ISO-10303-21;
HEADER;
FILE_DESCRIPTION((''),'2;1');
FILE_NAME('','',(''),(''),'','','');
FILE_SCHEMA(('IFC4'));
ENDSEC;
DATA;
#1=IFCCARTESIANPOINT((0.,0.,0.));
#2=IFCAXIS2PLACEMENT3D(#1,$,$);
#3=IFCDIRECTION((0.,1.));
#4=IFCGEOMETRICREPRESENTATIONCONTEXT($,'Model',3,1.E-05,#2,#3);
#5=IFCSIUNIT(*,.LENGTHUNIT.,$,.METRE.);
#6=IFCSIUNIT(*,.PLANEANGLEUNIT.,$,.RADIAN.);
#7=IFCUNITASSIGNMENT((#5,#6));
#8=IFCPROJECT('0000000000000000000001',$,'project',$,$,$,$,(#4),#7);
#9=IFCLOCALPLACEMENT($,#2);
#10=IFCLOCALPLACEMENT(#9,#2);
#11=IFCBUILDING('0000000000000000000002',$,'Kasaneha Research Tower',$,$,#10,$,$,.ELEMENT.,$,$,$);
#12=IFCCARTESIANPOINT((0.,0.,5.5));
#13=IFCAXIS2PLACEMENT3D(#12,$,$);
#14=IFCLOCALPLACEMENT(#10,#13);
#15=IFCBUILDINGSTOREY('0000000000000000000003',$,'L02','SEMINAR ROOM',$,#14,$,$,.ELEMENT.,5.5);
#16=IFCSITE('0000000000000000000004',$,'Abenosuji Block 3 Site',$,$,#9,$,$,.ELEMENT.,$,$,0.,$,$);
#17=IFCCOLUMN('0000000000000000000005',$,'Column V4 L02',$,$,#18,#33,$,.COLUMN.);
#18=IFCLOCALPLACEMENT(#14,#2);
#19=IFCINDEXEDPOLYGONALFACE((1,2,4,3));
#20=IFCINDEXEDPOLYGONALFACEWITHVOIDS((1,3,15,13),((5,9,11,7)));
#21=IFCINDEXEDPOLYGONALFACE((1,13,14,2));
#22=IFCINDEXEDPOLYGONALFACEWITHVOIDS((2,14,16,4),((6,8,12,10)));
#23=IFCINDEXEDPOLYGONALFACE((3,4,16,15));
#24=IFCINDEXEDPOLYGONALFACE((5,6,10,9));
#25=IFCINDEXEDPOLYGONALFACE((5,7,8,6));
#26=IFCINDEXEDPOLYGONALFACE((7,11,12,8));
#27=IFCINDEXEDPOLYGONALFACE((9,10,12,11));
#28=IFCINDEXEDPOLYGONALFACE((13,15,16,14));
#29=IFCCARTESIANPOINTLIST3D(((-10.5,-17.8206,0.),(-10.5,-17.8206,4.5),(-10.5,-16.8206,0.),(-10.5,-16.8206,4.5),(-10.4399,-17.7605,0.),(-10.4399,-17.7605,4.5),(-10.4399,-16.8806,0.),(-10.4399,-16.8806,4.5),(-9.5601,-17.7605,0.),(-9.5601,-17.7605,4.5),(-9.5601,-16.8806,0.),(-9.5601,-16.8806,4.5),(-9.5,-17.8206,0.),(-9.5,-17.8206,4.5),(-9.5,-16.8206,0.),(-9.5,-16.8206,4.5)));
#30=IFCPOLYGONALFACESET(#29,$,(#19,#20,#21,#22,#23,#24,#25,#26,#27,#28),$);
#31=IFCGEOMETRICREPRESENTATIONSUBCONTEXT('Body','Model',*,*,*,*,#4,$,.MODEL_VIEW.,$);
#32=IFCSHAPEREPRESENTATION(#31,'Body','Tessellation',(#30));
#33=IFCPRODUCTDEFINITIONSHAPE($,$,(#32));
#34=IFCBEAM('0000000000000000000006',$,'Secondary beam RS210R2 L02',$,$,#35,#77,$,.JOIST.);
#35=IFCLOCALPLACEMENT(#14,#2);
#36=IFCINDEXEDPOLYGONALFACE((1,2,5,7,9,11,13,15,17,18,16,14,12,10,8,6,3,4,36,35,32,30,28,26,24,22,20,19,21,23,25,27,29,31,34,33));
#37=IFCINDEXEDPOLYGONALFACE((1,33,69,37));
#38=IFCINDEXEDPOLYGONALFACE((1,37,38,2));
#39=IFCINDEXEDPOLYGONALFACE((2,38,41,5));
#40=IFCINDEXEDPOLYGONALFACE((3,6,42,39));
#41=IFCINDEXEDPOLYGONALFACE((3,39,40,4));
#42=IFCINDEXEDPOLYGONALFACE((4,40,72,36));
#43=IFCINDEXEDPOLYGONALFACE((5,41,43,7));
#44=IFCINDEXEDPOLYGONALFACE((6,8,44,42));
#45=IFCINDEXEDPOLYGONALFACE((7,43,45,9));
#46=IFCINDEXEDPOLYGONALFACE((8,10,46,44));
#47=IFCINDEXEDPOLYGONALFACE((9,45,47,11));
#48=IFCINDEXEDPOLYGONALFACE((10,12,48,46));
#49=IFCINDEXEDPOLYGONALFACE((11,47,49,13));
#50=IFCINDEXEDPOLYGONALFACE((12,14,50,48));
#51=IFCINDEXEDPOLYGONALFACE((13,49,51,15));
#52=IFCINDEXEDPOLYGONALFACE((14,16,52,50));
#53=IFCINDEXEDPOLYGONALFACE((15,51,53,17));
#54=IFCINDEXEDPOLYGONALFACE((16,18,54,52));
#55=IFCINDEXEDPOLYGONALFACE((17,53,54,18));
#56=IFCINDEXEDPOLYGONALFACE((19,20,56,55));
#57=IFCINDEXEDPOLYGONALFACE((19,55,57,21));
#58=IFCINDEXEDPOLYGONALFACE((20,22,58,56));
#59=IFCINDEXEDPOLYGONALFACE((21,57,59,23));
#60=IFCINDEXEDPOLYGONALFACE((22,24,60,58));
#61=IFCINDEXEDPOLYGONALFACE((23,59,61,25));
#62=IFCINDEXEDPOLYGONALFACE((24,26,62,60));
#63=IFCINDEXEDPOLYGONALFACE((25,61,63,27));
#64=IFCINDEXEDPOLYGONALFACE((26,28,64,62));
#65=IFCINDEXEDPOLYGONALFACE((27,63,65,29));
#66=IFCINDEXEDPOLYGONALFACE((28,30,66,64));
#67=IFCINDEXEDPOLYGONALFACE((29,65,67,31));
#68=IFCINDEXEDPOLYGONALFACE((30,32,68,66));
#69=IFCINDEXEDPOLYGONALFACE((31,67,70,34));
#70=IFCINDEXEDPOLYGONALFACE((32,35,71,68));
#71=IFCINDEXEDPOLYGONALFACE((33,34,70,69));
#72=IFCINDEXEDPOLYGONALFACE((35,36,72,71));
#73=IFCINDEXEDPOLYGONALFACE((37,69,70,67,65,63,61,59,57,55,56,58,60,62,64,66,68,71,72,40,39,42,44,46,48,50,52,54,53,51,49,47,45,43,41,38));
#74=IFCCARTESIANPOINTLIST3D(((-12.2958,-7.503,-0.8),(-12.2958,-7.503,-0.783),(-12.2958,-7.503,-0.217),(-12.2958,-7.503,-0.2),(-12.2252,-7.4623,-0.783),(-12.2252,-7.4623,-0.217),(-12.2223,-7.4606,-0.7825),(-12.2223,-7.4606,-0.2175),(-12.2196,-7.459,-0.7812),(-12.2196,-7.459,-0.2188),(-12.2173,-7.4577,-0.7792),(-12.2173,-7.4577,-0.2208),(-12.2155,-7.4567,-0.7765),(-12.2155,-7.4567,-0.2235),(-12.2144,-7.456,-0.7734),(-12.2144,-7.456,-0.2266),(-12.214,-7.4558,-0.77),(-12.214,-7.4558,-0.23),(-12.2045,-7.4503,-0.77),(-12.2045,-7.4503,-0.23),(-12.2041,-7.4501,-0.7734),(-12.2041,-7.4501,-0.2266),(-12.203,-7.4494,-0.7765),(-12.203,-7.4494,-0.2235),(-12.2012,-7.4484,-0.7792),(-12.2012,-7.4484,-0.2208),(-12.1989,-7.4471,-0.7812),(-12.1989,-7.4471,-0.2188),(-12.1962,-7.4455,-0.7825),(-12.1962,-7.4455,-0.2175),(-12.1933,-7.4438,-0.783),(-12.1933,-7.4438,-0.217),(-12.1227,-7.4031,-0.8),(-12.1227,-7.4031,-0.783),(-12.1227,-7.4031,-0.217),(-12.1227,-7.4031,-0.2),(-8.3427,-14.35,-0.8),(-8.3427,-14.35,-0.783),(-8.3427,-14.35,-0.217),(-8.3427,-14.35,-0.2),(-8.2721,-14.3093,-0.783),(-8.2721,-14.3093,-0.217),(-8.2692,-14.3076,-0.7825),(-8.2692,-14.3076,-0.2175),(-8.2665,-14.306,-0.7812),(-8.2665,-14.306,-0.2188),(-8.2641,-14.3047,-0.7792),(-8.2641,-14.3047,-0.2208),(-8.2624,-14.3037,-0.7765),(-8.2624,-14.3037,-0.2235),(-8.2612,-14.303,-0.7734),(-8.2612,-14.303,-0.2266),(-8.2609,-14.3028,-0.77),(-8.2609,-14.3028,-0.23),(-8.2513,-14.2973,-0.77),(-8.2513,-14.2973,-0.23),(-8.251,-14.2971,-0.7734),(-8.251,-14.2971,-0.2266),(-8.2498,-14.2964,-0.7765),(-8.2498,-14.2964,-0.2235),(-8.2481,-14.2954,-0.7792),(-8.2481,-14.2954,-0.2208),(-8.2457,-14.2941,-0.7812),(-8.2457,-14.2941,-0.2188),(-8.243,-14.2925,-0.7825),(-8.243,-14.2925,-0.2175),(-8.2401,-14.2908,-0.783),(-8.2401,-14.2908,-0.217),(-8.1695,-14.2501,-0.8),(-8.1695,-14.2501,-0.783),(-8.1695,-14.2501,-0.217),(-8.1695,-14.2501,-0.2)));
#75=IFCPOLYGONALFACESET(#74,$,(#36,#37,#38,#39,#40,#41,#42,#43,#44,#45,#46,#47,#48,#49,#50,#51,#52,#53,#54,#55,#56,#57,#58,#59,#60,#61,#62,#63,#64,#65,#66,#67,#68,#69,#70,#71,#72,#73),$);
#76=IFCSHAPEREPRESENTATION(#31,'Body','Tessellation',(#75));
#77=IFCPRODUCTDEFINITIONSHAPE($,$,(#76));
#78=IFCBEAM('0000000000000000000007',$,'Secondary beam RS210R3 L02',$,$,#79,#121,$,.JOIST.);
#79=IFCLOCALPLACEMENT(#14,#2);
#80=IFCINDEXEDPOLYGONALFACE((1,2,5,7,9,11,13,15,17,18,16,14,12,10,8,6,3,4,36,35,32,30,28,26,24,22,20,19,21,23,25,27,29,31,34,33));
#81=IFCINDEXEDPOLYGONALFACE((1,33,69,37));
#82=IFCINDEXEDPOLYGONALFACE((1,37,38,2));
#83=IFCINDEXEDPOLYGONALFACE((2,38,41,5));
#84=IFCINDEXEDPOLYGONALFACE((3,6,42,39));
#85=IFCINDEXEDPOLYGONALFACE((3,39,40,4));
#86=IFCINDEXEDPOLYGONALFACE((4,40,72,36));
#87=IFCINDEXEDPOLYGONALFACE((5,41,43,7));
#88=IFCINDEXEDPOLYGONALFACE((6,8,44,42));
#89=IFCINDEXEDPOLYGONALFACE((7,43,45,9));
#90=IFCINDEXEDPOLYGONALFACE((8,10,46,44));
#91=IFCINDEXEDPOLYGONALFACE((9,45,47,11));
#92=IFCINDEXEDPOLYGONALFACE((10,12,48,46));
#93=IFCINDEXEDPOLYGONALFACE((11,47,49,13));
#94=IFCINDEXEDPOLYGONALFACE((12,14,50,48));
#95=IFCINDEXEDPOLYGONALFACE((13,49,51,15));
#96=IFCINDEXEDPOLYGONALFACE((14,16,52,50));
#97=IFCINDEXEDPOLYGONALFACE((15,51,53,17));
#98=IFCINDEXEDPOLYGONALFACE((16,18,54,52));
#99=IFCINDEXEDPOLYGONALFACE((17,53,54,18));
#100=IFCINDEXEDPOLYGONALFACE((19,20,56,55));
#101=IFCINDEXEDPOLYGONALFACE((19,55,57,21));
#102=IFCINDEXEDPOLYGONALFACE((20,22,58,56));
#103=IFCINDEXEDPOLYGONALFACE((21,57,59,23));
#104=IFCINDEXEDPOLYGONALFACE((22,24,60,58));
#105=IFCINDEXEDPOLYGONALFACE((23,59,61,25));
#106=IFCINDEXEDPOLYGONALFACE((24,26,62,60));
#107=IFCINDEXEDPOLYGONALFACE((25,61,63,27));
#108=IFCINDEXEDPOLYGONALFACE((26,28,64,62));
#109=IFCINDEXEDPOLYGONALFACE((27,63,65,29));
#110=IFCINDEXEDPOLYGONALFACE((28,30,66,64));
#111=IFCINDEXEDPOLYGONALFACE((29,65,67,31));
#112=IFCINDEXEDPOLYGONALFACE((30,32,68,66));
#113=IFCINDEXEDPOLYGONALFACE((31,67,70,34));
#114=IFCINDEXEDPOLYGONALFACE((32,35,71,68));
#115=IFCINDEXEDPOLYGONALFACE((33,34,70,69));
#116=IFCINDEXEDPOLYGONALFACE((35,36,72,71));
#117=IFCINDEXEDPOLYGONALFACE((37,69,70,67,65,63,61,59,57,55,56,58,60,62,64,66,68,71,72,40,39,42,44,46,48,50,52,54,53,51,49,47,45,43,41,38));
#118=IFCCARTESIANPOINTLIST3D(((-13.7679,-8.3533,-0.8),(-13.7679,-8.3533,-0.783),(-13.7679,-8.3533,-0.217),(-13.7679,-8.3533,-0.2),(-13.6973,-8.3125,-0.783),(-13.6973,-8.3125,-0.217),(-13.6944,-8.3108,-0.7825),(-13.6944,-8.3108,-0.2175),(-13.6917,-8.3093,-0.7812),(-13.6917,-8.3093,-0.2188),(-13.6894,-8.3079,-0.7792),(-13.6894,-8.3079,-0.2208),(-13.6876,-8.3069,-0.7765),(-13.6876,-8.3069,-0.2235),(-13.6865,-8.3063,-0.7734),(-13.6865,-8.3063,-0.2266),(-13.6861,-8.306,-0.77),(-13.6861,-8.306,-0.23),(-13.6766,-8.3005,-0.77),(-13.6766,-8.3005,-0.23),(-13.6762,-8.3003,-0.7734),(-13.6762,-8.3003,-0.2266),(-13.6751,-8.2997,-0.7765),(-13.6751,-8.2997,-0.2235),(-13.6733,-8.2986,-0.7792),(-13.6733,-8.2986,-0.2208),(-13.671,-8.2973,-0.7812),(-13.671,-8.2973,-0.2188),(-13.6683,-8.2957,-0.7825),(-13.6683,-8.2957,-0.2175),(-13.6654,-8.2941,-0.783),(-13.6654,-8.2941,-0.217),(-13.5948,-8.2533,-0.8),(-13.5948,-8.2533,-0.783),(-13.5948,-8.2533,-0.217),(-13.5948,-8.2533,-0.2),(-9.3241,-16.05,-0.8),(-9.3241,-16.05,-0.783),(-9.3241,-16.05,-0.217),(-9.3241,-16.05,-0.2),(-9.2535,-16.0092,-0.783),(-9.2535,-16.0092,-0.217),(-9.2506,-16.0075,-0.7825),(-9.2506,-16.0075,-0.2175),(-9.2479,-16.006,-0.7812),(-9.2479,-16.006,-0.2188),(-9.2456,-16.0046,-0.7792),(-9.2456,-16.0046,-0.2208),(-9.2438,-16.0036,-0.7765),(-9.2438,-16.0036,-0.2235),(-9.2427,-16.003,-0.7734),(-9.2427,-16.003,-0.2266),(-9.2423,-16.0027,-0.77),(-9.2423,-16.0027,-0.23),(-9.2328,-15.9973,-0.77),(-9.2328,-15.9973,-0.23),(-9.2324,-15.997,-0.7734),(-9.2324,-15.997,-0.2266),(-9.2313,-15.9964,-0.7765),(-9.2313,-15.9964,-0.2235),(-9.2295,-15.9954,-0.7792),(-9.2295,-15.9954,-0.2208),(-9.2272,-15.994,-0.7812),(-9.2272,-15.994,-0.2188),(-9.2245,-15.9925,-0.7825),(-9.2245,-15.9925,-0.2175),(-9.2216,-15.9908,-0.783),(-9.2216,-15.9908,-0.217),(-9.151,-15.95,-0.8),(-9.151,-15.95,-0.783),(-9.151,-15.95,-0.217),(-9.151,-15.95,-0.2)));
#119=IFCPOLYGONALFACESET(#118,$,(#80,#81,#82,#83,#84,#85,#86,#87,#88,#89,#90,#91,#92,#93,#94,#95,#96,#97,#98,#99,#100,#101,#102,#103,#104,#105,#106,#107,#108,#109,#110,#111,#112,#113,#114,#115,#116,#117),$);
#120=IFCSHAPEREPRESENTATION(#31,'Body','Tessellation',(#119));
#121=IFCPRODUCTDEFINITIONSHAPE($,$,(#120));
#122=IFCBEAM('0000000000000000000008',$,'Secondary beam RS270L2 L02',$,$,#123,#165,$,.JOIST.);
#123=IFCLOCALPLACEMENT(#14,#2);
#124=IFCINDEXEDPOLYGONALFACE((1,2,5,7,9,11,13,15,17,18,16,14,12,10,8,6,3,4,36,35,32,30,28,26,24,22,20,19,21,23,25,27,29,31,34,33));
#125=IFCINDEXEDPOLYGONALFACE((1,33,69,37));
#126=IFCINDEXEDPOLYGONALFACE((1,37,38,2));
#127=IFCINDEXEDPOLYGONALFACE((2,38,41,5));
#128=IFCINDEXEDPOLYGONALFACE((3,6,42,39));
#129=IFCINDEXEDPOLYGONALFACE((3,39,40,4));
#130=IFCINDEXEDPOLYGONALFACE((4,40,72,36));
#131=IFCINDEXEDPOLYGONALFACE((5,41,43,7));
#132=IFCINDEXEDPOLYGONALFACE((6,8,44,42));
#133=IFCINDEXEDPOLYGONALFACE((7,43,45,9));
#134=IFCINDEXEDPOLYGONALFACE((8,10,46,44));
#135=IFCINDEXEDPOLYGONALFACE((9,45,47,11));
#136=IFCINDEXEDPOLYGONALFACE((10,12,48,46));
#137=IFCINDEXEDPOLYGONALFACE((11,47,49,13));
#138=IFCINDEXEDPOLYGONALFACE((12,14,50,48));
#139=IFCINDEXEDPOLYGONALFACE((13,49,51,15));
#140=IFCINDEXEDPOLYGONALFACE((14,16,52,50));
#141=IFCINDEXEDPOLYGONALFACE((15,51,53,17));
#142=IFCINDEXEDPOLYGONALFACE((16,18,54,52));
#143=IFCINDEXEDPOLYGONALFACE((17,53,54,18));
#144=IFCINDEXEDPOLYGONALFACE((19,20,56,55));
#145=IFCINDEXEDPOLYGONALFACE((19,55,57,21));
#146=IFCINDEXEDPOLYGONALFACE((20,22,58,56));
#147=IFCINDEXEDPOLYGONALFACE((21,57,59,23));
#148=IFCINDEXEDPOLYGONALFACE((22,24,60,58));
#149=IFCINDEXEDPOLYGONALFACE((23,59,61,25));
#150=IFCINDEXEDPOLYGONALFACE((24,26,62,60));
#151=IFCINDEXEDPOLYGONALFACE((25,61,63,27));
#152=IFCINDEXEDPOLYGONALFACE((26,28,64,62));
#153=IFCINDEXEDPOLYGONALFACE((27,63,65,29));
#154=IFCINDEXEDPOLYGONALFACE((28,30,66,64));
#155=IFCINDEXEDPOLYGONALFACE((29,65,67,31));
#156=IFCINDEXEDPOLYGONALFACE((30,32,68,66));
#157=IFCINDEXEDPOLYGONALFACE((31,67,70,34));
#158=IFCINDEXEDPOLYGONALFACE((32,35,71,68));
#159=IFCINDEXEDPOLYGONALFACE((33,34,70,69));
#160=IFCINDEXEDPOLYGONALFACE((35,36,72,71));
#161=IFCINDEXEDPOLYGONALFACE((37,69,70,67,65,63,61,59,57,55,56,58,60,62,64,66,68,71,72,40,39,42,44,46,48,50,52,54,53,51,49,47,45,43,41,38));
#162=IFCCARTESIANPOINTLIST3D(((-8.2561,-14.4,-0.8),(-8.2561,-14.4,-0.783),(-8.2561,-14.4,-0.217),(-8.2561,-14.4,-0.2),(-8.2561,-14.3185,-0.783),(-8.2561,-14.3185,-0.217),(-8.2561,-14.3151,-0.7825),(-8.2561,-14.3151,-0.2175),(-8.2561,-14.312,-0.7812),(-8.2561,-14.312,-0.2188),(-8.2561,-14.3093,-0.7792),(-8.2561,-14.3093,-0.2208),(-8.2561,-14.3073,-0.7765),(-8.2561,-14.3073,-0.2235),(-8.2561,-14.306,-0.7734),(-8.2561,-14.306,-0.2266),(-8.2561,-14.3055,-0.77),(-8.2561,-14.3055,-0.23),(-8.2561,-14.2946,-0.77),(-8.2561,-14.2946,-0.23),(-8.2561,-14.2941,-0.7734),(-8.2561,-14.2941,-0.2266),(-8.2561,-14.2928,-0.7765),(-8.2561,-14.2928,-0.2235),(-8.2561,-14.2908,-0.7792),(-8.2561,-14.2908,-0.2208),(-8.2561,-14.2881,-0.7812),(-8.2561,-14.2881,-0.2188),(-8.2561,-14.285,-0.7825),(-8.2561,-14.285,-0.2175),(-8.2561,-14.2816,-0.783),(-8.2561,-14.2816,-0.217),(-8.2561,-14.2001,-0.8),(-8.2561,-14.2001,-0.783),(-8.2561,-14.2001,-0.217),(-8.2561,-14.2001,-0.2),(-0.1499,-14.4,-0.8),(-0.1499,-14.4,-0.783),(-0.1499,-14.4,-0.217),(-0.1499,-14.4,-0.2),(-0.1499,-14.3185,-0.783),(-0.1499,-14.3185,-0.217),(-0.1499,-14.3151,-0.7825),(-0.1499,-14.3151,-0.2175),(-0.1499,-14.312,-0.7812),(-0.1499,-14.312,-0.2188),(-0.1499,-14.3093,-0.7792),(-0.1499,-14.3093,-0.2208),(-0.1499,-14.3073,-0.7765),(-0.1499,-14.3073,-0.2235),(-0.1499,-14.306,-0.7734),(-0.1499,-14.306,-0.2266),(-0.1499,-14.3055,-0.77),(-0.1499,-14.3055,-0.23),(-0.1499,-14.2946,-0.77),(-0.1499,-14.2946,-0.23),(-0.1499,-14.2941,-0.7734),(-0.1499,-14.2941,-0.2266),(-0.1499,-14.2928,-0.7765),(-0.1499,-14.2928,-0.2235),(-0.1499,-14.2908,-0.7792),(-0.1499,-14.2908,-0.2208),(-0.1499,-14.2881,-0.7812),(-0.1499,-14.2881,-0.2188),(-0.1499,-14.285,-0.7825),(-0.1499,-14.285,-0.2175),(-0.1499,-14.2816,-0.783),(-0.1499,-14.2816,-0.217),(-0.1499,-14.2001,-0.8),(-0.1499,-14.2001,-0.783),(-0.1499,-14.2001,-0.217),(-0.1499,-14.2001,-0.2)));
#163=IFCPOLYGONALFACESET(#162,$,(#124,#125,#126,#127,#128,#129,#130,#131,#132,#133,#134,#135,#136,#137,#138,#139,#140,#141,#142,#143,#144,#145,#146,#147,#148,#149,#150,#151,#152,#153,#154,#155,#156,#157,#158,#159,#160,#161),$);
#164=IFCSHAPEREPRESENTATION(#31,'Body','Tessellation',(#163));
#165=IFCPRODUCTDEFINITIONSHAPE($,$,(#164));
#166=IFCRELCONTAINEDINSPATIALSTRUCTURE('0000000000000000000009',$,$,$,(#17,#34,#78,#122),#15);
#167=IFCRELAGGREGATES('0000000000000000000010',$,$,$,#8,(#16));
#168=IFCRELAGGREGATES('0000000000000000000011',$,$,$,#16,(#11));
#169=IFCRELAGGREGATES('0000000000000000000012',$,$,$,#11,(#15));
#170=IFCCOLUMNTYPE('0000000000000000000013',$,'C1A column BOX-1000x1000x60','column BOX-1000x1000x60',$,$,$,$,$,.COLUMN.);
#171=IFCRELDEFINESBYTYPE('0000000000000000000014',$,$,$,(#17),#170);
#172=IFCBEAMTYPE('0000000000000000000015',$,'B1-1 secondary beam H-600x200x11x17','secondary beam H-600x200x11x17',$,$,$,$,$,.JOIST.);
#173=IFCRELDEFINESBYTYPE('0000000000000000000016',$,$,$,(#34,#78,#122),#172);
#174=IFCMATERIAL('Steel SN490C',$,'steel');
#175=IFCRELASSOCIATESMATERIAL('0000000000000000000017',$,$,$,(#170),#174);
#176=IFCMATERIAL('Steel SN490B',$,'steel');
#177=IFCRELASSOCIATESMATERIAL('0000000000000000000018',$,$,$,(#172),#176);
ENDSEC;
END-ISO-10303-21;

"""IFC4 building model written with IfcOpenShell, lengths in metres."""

from ifc_helpers import new_model, si_unit, direction, frame, origin, origin_2d, place, context, subcontext, project, spatial, hollow_rectangle, i_section, extrude, material, material_profile, profile_set, type_object, element, save


model = new_model("IFC4")

# Units and contexts
model_context = context("Model", 3, precision=1e-05, world=origin(), true_north=direction((0.0, 1.0)))
body_context = subcontext(model_context, "Body", "Model", "MODEL_VIEW")
ifc_project = project(units=[si_unit("LENGTHUNIT", "METRE"), si_unit("PLANEANGLEUNIT", "RADIAN")], contexts=[model_context])

# Site, building, storey
site_placement = place(None, origin())
site = spatial("IfcSite", under=ifc_project, at=site_placement, Name="Abenosuji Block 3 Site", CompositionType="ELEMENT", RefElevation=0.0)
building_placement = place(site_placement, origin())
building = spatial("IfcBuilding", under=site, at=building_placement, Name="Kasaneha Research Tower", CompositionType="ELEMENT")
storey_placement = place(building_placement, frame((0.0, 0.0, 5.5)))
storey = spatial("IfcBuildingStorey", under=building, at=storey_placement, Name="L02", Description="SEMINAR ROOM", CompositionType="ELEMENT", Elevation=5.5)

# Column
ifc_material_1 = material(Name="Steel SN490C", Category="steel")
ifc_material_profile_1 = material_profile(ifc_material_1, hollow_rectangle(XDim=1.0, YDim=1.0, WallThickness=0.0601, at=origin_2d()), Name="BOX-1000x1000x60")
ifc_profile_set_1 = profile_set([ifc_material_profile_1], Name="Steel SN490C")
column_type = type_object("IfcColumnType", Name="C1A column BOX-1000x1000x60", Description="column BOX-1000x1000x60", PredefinedType="COLUMN", material=ifc_profile_set_1)
column_placement = place(storey_placement, frame((-10.0, -17.3206, 0.0), z_axis=(0.0, 0.0, 1.0), x_axis=(1.0, 0.0, 0.0)))
element("IfcColumn", 1, at=column_placement, inside=storey, type_object=column_type, Name="Column V4 L02", PredefinedType="COLUMN", context=body_context, shape_type="SweptSolid", body=[
    extrude(hollow_rectangle(XDim=1.0, YDim=1.0, WallThickness=0.0601, at=origin_2d()), origin(), (0.0, 0.0, 1.0), 4.5),
])

# Beams
ifc_material_2 = material(Name="Steel SN490B", Category="steel")
ifc_material_profile_2 = material_profile(ifc_material_2, i_section(OverallWidth=0.2, OverallDepth=0.6001, WebThickness=0.011, FlangeThickness=0.0171, FilletRadius=0.0129, at=origin_2d()), Name="H-600x200x11x17")
ifc_profile_set_2 = profile_set([ifc_material_profile_2], Name="Steel SN490B")
beam_type_1 = type_object("IfcBeamType", Name="B1-1 secondary beam H-600x200x11x17", Description="secondary beam H-600x200x11x17", PredefinedType="JOIST", material=ifc_profile_set_2)
beam_1_placement = place(storey_placement, frame((-8.2561, -14.3, -0.5), z_axis=(-0.500005, 0.866023, 0.0), x_axis=(-0.866023, -0.500005, 0.0)))
element("IfcBeam", 2, at=beam_1_placement, inside=storey, type_object=beam_type_1, Name="Secondary beam RS210R2 L02", PredefinedType="JOIST", context=body_context, shape_type="SweptSolid", body=[
    extrude(i_section(OverallWidth=0.2, OverallDepth=0.6001, WebThickness=0.011, FlangeThickness=0.0171, FilletRadius=0.0129, at=origin_2d()), origin(), (0.0, 0.0, 1.0), 7.9062),
])
beam_2_placement = place(storey_placement, frame((-9.2375, -16.0, -0.5), z_axis=(-0.500009, 0.86602, 0.0), x_axis=(-0.86602, -0.500009, 0.0)))
element("IfcBeam", 3, at=beam_2_placement, inside=storey, type_object=beam_type_1, Name="Secondary beam RS210R3 L02", PredefinedType="JOIST", context=body_context, shape_type="SweptSolid", body=[
    extrude(i_section(OverallWidth=0.2, OverallDepth=0.6001, WebThickness=0.011, FlangeThickness=0.0171, FilletRadius=0.0129, at=origin_2d()), origin(), (0.0, 0.0, 1.0), 8.8875),
])
beam_3_placement = place(storey_placement, frame((-8.2561, -14.3, -0.5), z_axis=(1.0, 0.0, 0.0), x_axis=(0.0, 1.0, 0.0)))
element("IfcBeam", 4, at=beam_3_placement, inside=storey, type_object=beam_type_1, Name="Secondary beam RS270L2 L02", PredefinedType="JOIST", context=body_context, shape_type="SweptSolid", body=[
    extrude(i_section(OverallWidth=0.2, OverallDepth=0.6001, WebThickness=0.011, FlangeThickness=0.0171, FilletRadius=0.0129, at=origin_2d()), origin(), (0.0, 0.0, 1.0), 8.1062),
])

save(model, "model.ifc")
